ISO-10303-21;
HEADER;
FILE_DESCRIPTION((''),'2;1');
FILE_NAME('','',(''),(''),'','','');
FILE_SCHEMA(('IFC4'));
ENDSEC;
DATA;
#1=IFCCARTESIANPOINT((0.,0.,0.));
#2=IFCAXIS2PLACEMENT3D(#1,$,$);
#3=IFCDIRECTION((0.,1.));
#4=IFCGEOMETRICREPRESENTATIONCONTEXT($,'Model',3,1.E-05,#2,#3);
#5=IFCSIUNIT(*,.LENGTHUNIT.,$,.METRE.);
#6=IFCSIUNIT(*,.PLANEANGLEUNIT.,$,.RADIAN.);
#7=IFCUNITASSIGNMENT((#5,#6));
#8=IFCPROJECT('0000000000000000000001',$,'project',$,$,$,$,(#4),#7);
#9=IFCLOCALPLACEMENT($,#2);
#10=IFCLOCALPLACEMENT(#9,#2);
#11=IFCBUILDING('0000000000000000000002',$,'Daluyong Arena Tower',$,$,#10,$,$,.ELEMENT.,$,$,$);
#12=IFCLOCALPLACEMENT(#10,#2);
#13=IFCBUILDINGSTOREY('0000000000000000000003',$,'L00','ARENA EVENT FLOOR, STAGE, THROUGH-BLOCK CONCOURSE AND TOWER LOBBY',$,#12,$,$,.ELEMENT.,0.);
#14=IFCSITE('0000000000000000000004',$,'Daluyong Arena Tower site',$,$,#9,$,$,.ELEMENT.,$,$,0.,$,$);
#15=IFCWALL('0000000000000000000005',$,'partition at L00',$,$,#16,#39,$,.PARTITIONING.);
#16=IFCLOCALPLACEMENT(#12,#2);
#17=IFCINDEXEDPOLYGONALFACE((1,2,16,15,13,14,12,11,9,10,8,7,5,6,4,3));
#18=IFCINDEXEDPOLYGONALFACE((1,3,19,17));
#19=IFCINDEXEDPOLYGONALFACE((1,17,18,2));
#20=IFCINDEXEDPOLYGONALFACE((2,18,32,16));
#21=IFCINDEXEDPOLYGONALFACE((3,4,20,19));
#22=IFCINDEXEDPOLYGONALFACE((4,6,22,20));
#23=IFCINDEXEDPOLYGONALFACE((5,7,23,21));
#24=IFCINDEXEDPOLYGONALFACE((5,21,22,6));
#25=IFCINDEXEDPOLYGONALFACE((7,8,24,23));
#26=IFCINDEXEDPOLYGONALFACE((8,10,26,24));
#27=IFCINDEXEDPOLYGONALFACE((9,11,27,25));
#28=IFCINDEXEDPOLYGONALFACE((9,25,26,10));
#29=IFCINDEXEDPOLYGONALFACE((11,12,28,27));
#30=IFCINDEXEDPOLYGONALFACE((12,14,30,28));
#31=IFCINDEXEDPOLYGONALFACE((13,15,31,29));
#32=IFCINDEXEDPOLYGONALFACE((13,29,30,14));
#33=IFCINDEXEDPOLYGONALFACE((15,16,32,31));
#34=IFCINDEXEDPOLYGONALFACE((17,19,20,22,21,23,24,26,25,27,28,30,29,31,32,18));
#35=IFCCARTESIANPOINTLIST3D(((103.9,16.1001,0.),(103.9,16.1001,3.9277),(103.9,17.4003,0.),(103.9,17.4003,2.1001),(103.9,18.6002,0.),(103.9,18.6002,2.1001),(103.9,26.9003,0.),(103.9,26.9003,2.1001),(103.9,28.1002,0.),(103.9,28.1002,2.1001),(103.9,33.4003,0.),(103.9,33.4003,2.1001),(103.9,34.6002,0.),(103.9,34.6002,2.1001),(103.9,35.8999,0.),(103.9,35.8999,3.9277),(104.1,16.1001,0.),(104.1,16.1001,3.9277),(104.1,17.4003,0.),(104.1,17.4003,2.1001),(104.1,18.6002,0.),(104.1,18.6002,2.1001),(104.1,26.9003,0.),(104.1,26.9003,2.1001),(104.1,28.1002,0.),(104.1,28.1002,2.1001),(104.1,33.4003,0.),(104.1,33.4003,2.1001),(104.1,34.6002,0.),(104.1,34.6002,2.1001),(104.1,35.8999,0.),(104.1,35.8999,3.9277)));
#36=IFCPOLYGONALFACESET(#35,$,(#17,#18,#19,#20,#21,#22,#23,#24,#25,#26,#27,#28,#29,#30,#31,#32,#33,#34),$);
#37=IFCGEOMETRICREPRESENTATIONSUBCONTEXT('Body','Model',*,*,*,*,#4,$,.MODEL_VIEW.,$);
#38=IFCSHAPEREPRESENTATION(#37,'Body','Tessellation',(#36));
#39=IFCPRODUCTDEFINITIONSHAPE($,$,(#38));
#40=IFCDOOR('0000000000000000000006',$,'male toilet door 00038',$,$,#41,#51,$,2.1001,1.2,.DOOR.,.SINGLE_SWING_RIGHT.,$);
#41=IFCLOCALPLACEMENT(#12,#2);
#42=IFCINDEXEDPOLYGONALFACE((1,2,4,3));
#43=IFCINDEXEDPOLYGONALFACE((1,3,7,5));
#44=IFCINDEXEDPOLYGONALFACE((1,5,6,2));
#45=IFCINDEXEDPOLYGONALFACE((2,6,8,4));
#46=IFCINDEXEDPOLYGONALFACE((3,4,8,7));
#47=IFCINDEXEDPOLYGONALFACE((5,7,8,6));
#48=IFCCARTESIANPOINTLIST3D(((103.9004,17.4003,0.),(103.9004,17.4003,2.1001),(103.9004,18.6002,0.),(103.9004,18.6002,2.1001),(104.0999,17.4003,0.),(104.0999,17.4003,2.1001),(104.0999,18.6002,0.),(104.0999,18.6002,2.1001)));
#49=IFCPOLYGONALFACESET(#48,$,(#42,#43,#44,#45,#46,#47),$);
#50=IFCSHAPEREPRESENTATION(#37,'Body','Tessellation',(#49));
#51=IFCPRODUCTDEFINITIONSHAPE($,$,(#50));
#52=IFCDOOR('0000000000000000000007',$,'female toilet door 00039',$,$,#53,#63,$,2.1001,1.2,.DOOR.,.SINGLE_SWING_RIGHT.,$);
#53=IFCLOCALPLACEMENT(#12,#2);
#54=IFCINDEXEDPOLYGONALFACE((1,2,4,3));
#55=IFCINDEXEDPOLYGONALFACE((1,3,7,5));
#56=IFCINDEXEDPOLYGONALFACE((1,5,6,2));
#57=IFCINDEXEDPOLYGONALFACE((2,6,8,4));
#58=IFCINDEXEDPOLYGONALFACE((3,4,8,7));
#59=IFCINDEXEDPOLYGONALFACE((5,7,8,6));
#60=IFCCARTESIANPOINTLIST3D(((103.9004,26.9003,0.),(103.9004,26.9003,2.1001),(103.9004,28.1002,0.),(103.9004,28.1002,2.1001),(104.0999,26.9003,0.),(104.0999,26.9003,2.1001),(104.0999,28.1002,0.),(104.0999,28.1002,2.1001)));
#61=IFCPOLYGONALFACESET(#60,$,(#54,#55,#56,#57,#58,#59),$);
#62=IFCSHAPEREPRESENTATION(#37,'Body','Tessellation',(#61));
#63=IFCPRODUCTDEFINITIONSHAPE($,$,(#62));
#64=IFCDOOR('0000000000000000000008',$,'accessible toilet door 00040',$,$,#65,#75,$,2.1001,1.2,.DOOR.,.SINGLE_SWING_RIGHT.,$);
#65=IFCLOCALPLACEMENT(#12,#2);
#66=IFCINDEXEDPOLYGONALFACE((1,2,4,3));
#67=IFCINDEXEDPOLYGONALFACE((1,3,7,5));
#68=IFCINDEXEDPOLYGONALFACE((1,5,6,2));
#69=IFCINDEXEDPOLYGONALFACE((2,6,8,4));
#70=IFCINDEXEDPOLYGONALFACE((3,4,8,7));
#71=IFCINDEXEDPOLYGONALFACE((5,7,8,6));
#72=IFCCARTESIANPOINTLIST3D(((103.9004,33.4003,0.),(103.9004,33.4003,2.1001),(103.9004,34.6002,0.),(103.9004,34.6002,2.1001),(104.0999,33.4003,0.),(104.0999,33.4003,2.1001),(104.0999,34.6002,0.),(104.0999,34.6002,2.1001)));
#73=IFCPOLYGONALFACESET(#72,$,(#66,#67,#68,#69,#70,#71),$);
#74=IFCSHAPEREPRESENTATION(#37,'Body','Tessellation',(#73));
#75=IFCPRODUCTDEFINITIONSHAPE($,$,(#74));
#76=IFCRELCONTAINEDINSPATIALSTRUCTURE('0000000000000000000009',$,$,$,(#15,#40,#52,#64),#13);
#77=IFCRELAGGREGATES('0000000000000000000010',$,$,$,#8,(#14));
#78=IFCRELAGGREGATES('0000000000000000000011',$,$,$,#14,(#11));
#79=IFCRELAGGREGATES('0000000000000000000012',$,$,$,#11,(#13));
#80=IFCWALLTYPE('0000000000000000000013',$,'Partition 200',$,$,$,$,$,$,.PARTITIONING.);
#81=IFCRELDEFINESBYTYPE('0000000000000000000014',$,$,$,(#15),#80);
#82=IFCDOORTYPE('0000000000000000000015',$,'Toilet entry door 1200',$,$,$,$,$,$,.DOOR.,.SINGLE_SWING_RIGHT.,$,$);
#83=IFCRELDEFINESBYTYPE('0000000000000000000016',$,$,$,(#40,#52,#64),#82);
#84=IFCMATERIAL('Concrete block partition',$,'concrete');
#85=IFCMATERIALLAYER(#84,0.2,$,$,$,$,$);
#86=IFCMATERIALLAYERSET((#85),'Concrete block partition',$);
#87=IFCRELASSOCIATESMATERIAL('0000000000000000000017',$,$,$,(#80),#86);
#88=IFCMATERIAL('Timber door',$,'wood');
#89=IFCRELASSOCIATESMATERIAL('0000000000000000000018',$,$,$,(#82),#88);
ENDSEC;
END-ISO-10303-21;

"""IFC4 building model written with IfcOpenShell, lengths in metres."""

from ifc_helpers import new_model, si_unit, direction, frame, frame_2d, origin, place, context, subcontext, project, spatial, rectangle, extrude, material, layer, layer_set, type_object, element, fill, save


model = new_model("IFC4")

# Units and contexts
model_context = context("Model", 3, precision=1e-05, world=origin(), true_north=direction((0.0, 1.0)))
body_context = subcontext(model_context, "Body", "Model", "MODEL_VIEW")
ifc_project = project(units=[si_unit("LENGTHUNIT", "METRE"), si_unit("PLANEANGLEUNIT", "RADIAN")], contexts=[model_context])

# Site, building, storey
site_placement = place(None, origin())
site = spatial("IfcSite", under=ifc_project, at=site_placement, Name="Daluyong Arena Tower site", CompositionType="ELEMENT", RefElevation=0.0)
building_placement = place(site_placement, origin())
building = spatial("IfcBuilding", under=site, at=building_placement, Name="Daluyong Arena Tower", CompositionType="ELEMENT")
storey_placement = place(building_placement, origin())
storey = spatial("IfcBuildingStorey", under=building, at=storey_placement, Name="L00", Description="ARENA EVENT FLOOR, STAGE, THROUGH-BLOCK CONCOURSE AND TOWER LOBBY", CompositionType="ELEMENT", Elevation=0.0)

# Shared definitions
ifc_material_1 = material(Name="Concrete block partition", Category="concrete")
ifc_layer_1 = layer(ifc_material_1, 0.2)
ifc_layer_set_1 = layer_set([ifc_layer_1], Name="Concrete block partition")
wall_type = type_object("IfcWallType", Name="Partition 200", PredefinedType="PARTITIONING", material=ifc_layer_set_1)

# Wall, openings, doors
wall_1_placement = place(storey_placement, frame((104.0, 16.1001, 0.0), z_axis=(0.0, 0.0, 1.0), x_axis=(0.0, 1.0, 0.0)))
wall_1 = element("IfcWall", 1, at=wall_1_placement, inside=storey, type_object=wall_type, Name="partition at L00", PredefinedType="PARTITIONING", context=body_context, shape_type="SweptSolid", body=[
    extrude(rectangle(XDim=19.7998, YDim=0.2, at=frame_2d((9.8999, 0.0))), origin(), (0.0, 0.0, 1.0), 3.9277),
])
opening_1_placement = place(wall_1_placement, frame((1.3, 0.0, 0.0)))
opening_1 = element("IfcOpeningElement", 2, at=opening_1_placement, cuts=wall_1, PredefinedType="OPENING", context=body_context, shape_type="SweptSolid", body=[
    extrude(rectangle(XDim=1.2, YDim=2.1001, at=frame_2d((0.6001, 1.05))), frame((0.0, 0.1099, 0.0), z_axis=(0.0, -1.0, 0.0), x_axis=(1.0, 0.0, 0.0)), (0.0, 0.0, 1.0), 0.22),
])
opening_2_placement = place(wall_1_placement, frame((10.8, 0.0, 0.0)))
opening_2 = element("IfcOpeningElement", 3, at=opening_2_placement, cuts=wall_1, PredefinedType="OPENING", context=body_context, shape_type="SweptSolid", body=[
    extrude(rectangle(XDim=1.2, YDim=2.1001, at=frame_2d((0.6001, 1.05))), frame((0.0, 0.1099, 0.0), z_axis=(0.0, -1.0, 0.0), x_axis=(1.0, 0.0, 0.0)), (0.0, 0.0, 1.0), 0.22),
])
opening_3_placement = place(wall_1_placement, frame((17.3, 0.0, 0.0)))
opening_3 = element("IfcOpeningElement", 4, at=opening_3_placement, cuts=wall_1, PredefinedType="OPENING", context=body_context, shape_type="SweptSolid", body=[
    extrude(rectangle(XDim=1.2, YDim=2.1001, at=frame_2d((0.6001, 1.05))), frame((0.0, 0.1099, 0.0), z_axis=(0.0, -1.0, 0.0), x_axis=(1.0, 0.0, 0.0)), (0.0, 0.0, 1.0), 0.22),
])
ifc_material_2 = material(Name="Timber door", Category="wood")
door_type_1 = type_object("IfcDoorType", Name="Toilet entry door 1200", OperationType="SINGLE_SWING_RIGHT", PredefinedType="DOOR", material=ifc_material_2)
door_1_placement = place(opening_1_placement, origin())
door_1 = element("IfcDoor", 5, at=door_1_placement, inside=storey, type_object=door_type_1, Name="male toilet door 00038", OperationType="SINGLE_SWING_RIGHT", OverallHeight=2.1001, OverallWidth=1.2, PredefinedType="DOOR", context=body_context, shape_type="SweptSolid", body=[
    extrude(rectangle(XDim=1.2, YDim=2.1001, at=frame_2d((0.6001, 1.05))), frame((0.0, 0.0996, 0.0), z_axis=(0.0, -1.0, 0.0), x_axis=(1.0, 0.0, 0.0)), (0.0, 0.0, 1.0), 0.1995),
])
fill(opening_1, door_1)
door_2_placement = place(opening_2_placement, origin())
door_2 = element("IfcDoor", 6, at=door_2_placement, inside=storey, type_object=door_type_1, Name="female toilet door 00039", OperationType="SINGLE_SWING_RIGHT", OverallHeight=2.1001, OverallWidth=1.2, PredefinedType="DOOR", context=body_context, shape_type="SweptSolid", body=[
    extrude(rectangle(XDim=1.2, YDim=2.1001, at=frame_2d((0.6001, 1.05))), frame((0.0, 0.0996, 0.0), z_axis=(0.0, -1.0, 0.0), x_axis=(1.0, 0.0, 0.0)), (0.0, 0.0, 1.0), 0.1995),
])
fill(opening_2, door_2)
door_3_placement = place(opening_3_placement, origin())
door_3 = element("IfcDoor", 7, at=door_3_placement, inside=storey, type_object=door_type_1, Name="accessible toilet door 00040", OperationType="SINGLE_SWING_RIGHT", OverallHeight=2.1001, OverallWidth=1.2, PredefinedType="DOOR", context=body_context, shape_type="SweptSolid", body=[
    extrude(rectangle(XDim=1.2, YDim=2.1001, at=frame_2d((0.6001, 1.05))), frame((0.0, 0.0996, 0.0), z_axis=(0.0, -1.0, 0.0), x_axis=(1.0, 0.0, 0.0)), (0.0, 0.0, 1.0), 0.1995),
])
fill(opening_3, door_3)

save(model, "model.ifc")
